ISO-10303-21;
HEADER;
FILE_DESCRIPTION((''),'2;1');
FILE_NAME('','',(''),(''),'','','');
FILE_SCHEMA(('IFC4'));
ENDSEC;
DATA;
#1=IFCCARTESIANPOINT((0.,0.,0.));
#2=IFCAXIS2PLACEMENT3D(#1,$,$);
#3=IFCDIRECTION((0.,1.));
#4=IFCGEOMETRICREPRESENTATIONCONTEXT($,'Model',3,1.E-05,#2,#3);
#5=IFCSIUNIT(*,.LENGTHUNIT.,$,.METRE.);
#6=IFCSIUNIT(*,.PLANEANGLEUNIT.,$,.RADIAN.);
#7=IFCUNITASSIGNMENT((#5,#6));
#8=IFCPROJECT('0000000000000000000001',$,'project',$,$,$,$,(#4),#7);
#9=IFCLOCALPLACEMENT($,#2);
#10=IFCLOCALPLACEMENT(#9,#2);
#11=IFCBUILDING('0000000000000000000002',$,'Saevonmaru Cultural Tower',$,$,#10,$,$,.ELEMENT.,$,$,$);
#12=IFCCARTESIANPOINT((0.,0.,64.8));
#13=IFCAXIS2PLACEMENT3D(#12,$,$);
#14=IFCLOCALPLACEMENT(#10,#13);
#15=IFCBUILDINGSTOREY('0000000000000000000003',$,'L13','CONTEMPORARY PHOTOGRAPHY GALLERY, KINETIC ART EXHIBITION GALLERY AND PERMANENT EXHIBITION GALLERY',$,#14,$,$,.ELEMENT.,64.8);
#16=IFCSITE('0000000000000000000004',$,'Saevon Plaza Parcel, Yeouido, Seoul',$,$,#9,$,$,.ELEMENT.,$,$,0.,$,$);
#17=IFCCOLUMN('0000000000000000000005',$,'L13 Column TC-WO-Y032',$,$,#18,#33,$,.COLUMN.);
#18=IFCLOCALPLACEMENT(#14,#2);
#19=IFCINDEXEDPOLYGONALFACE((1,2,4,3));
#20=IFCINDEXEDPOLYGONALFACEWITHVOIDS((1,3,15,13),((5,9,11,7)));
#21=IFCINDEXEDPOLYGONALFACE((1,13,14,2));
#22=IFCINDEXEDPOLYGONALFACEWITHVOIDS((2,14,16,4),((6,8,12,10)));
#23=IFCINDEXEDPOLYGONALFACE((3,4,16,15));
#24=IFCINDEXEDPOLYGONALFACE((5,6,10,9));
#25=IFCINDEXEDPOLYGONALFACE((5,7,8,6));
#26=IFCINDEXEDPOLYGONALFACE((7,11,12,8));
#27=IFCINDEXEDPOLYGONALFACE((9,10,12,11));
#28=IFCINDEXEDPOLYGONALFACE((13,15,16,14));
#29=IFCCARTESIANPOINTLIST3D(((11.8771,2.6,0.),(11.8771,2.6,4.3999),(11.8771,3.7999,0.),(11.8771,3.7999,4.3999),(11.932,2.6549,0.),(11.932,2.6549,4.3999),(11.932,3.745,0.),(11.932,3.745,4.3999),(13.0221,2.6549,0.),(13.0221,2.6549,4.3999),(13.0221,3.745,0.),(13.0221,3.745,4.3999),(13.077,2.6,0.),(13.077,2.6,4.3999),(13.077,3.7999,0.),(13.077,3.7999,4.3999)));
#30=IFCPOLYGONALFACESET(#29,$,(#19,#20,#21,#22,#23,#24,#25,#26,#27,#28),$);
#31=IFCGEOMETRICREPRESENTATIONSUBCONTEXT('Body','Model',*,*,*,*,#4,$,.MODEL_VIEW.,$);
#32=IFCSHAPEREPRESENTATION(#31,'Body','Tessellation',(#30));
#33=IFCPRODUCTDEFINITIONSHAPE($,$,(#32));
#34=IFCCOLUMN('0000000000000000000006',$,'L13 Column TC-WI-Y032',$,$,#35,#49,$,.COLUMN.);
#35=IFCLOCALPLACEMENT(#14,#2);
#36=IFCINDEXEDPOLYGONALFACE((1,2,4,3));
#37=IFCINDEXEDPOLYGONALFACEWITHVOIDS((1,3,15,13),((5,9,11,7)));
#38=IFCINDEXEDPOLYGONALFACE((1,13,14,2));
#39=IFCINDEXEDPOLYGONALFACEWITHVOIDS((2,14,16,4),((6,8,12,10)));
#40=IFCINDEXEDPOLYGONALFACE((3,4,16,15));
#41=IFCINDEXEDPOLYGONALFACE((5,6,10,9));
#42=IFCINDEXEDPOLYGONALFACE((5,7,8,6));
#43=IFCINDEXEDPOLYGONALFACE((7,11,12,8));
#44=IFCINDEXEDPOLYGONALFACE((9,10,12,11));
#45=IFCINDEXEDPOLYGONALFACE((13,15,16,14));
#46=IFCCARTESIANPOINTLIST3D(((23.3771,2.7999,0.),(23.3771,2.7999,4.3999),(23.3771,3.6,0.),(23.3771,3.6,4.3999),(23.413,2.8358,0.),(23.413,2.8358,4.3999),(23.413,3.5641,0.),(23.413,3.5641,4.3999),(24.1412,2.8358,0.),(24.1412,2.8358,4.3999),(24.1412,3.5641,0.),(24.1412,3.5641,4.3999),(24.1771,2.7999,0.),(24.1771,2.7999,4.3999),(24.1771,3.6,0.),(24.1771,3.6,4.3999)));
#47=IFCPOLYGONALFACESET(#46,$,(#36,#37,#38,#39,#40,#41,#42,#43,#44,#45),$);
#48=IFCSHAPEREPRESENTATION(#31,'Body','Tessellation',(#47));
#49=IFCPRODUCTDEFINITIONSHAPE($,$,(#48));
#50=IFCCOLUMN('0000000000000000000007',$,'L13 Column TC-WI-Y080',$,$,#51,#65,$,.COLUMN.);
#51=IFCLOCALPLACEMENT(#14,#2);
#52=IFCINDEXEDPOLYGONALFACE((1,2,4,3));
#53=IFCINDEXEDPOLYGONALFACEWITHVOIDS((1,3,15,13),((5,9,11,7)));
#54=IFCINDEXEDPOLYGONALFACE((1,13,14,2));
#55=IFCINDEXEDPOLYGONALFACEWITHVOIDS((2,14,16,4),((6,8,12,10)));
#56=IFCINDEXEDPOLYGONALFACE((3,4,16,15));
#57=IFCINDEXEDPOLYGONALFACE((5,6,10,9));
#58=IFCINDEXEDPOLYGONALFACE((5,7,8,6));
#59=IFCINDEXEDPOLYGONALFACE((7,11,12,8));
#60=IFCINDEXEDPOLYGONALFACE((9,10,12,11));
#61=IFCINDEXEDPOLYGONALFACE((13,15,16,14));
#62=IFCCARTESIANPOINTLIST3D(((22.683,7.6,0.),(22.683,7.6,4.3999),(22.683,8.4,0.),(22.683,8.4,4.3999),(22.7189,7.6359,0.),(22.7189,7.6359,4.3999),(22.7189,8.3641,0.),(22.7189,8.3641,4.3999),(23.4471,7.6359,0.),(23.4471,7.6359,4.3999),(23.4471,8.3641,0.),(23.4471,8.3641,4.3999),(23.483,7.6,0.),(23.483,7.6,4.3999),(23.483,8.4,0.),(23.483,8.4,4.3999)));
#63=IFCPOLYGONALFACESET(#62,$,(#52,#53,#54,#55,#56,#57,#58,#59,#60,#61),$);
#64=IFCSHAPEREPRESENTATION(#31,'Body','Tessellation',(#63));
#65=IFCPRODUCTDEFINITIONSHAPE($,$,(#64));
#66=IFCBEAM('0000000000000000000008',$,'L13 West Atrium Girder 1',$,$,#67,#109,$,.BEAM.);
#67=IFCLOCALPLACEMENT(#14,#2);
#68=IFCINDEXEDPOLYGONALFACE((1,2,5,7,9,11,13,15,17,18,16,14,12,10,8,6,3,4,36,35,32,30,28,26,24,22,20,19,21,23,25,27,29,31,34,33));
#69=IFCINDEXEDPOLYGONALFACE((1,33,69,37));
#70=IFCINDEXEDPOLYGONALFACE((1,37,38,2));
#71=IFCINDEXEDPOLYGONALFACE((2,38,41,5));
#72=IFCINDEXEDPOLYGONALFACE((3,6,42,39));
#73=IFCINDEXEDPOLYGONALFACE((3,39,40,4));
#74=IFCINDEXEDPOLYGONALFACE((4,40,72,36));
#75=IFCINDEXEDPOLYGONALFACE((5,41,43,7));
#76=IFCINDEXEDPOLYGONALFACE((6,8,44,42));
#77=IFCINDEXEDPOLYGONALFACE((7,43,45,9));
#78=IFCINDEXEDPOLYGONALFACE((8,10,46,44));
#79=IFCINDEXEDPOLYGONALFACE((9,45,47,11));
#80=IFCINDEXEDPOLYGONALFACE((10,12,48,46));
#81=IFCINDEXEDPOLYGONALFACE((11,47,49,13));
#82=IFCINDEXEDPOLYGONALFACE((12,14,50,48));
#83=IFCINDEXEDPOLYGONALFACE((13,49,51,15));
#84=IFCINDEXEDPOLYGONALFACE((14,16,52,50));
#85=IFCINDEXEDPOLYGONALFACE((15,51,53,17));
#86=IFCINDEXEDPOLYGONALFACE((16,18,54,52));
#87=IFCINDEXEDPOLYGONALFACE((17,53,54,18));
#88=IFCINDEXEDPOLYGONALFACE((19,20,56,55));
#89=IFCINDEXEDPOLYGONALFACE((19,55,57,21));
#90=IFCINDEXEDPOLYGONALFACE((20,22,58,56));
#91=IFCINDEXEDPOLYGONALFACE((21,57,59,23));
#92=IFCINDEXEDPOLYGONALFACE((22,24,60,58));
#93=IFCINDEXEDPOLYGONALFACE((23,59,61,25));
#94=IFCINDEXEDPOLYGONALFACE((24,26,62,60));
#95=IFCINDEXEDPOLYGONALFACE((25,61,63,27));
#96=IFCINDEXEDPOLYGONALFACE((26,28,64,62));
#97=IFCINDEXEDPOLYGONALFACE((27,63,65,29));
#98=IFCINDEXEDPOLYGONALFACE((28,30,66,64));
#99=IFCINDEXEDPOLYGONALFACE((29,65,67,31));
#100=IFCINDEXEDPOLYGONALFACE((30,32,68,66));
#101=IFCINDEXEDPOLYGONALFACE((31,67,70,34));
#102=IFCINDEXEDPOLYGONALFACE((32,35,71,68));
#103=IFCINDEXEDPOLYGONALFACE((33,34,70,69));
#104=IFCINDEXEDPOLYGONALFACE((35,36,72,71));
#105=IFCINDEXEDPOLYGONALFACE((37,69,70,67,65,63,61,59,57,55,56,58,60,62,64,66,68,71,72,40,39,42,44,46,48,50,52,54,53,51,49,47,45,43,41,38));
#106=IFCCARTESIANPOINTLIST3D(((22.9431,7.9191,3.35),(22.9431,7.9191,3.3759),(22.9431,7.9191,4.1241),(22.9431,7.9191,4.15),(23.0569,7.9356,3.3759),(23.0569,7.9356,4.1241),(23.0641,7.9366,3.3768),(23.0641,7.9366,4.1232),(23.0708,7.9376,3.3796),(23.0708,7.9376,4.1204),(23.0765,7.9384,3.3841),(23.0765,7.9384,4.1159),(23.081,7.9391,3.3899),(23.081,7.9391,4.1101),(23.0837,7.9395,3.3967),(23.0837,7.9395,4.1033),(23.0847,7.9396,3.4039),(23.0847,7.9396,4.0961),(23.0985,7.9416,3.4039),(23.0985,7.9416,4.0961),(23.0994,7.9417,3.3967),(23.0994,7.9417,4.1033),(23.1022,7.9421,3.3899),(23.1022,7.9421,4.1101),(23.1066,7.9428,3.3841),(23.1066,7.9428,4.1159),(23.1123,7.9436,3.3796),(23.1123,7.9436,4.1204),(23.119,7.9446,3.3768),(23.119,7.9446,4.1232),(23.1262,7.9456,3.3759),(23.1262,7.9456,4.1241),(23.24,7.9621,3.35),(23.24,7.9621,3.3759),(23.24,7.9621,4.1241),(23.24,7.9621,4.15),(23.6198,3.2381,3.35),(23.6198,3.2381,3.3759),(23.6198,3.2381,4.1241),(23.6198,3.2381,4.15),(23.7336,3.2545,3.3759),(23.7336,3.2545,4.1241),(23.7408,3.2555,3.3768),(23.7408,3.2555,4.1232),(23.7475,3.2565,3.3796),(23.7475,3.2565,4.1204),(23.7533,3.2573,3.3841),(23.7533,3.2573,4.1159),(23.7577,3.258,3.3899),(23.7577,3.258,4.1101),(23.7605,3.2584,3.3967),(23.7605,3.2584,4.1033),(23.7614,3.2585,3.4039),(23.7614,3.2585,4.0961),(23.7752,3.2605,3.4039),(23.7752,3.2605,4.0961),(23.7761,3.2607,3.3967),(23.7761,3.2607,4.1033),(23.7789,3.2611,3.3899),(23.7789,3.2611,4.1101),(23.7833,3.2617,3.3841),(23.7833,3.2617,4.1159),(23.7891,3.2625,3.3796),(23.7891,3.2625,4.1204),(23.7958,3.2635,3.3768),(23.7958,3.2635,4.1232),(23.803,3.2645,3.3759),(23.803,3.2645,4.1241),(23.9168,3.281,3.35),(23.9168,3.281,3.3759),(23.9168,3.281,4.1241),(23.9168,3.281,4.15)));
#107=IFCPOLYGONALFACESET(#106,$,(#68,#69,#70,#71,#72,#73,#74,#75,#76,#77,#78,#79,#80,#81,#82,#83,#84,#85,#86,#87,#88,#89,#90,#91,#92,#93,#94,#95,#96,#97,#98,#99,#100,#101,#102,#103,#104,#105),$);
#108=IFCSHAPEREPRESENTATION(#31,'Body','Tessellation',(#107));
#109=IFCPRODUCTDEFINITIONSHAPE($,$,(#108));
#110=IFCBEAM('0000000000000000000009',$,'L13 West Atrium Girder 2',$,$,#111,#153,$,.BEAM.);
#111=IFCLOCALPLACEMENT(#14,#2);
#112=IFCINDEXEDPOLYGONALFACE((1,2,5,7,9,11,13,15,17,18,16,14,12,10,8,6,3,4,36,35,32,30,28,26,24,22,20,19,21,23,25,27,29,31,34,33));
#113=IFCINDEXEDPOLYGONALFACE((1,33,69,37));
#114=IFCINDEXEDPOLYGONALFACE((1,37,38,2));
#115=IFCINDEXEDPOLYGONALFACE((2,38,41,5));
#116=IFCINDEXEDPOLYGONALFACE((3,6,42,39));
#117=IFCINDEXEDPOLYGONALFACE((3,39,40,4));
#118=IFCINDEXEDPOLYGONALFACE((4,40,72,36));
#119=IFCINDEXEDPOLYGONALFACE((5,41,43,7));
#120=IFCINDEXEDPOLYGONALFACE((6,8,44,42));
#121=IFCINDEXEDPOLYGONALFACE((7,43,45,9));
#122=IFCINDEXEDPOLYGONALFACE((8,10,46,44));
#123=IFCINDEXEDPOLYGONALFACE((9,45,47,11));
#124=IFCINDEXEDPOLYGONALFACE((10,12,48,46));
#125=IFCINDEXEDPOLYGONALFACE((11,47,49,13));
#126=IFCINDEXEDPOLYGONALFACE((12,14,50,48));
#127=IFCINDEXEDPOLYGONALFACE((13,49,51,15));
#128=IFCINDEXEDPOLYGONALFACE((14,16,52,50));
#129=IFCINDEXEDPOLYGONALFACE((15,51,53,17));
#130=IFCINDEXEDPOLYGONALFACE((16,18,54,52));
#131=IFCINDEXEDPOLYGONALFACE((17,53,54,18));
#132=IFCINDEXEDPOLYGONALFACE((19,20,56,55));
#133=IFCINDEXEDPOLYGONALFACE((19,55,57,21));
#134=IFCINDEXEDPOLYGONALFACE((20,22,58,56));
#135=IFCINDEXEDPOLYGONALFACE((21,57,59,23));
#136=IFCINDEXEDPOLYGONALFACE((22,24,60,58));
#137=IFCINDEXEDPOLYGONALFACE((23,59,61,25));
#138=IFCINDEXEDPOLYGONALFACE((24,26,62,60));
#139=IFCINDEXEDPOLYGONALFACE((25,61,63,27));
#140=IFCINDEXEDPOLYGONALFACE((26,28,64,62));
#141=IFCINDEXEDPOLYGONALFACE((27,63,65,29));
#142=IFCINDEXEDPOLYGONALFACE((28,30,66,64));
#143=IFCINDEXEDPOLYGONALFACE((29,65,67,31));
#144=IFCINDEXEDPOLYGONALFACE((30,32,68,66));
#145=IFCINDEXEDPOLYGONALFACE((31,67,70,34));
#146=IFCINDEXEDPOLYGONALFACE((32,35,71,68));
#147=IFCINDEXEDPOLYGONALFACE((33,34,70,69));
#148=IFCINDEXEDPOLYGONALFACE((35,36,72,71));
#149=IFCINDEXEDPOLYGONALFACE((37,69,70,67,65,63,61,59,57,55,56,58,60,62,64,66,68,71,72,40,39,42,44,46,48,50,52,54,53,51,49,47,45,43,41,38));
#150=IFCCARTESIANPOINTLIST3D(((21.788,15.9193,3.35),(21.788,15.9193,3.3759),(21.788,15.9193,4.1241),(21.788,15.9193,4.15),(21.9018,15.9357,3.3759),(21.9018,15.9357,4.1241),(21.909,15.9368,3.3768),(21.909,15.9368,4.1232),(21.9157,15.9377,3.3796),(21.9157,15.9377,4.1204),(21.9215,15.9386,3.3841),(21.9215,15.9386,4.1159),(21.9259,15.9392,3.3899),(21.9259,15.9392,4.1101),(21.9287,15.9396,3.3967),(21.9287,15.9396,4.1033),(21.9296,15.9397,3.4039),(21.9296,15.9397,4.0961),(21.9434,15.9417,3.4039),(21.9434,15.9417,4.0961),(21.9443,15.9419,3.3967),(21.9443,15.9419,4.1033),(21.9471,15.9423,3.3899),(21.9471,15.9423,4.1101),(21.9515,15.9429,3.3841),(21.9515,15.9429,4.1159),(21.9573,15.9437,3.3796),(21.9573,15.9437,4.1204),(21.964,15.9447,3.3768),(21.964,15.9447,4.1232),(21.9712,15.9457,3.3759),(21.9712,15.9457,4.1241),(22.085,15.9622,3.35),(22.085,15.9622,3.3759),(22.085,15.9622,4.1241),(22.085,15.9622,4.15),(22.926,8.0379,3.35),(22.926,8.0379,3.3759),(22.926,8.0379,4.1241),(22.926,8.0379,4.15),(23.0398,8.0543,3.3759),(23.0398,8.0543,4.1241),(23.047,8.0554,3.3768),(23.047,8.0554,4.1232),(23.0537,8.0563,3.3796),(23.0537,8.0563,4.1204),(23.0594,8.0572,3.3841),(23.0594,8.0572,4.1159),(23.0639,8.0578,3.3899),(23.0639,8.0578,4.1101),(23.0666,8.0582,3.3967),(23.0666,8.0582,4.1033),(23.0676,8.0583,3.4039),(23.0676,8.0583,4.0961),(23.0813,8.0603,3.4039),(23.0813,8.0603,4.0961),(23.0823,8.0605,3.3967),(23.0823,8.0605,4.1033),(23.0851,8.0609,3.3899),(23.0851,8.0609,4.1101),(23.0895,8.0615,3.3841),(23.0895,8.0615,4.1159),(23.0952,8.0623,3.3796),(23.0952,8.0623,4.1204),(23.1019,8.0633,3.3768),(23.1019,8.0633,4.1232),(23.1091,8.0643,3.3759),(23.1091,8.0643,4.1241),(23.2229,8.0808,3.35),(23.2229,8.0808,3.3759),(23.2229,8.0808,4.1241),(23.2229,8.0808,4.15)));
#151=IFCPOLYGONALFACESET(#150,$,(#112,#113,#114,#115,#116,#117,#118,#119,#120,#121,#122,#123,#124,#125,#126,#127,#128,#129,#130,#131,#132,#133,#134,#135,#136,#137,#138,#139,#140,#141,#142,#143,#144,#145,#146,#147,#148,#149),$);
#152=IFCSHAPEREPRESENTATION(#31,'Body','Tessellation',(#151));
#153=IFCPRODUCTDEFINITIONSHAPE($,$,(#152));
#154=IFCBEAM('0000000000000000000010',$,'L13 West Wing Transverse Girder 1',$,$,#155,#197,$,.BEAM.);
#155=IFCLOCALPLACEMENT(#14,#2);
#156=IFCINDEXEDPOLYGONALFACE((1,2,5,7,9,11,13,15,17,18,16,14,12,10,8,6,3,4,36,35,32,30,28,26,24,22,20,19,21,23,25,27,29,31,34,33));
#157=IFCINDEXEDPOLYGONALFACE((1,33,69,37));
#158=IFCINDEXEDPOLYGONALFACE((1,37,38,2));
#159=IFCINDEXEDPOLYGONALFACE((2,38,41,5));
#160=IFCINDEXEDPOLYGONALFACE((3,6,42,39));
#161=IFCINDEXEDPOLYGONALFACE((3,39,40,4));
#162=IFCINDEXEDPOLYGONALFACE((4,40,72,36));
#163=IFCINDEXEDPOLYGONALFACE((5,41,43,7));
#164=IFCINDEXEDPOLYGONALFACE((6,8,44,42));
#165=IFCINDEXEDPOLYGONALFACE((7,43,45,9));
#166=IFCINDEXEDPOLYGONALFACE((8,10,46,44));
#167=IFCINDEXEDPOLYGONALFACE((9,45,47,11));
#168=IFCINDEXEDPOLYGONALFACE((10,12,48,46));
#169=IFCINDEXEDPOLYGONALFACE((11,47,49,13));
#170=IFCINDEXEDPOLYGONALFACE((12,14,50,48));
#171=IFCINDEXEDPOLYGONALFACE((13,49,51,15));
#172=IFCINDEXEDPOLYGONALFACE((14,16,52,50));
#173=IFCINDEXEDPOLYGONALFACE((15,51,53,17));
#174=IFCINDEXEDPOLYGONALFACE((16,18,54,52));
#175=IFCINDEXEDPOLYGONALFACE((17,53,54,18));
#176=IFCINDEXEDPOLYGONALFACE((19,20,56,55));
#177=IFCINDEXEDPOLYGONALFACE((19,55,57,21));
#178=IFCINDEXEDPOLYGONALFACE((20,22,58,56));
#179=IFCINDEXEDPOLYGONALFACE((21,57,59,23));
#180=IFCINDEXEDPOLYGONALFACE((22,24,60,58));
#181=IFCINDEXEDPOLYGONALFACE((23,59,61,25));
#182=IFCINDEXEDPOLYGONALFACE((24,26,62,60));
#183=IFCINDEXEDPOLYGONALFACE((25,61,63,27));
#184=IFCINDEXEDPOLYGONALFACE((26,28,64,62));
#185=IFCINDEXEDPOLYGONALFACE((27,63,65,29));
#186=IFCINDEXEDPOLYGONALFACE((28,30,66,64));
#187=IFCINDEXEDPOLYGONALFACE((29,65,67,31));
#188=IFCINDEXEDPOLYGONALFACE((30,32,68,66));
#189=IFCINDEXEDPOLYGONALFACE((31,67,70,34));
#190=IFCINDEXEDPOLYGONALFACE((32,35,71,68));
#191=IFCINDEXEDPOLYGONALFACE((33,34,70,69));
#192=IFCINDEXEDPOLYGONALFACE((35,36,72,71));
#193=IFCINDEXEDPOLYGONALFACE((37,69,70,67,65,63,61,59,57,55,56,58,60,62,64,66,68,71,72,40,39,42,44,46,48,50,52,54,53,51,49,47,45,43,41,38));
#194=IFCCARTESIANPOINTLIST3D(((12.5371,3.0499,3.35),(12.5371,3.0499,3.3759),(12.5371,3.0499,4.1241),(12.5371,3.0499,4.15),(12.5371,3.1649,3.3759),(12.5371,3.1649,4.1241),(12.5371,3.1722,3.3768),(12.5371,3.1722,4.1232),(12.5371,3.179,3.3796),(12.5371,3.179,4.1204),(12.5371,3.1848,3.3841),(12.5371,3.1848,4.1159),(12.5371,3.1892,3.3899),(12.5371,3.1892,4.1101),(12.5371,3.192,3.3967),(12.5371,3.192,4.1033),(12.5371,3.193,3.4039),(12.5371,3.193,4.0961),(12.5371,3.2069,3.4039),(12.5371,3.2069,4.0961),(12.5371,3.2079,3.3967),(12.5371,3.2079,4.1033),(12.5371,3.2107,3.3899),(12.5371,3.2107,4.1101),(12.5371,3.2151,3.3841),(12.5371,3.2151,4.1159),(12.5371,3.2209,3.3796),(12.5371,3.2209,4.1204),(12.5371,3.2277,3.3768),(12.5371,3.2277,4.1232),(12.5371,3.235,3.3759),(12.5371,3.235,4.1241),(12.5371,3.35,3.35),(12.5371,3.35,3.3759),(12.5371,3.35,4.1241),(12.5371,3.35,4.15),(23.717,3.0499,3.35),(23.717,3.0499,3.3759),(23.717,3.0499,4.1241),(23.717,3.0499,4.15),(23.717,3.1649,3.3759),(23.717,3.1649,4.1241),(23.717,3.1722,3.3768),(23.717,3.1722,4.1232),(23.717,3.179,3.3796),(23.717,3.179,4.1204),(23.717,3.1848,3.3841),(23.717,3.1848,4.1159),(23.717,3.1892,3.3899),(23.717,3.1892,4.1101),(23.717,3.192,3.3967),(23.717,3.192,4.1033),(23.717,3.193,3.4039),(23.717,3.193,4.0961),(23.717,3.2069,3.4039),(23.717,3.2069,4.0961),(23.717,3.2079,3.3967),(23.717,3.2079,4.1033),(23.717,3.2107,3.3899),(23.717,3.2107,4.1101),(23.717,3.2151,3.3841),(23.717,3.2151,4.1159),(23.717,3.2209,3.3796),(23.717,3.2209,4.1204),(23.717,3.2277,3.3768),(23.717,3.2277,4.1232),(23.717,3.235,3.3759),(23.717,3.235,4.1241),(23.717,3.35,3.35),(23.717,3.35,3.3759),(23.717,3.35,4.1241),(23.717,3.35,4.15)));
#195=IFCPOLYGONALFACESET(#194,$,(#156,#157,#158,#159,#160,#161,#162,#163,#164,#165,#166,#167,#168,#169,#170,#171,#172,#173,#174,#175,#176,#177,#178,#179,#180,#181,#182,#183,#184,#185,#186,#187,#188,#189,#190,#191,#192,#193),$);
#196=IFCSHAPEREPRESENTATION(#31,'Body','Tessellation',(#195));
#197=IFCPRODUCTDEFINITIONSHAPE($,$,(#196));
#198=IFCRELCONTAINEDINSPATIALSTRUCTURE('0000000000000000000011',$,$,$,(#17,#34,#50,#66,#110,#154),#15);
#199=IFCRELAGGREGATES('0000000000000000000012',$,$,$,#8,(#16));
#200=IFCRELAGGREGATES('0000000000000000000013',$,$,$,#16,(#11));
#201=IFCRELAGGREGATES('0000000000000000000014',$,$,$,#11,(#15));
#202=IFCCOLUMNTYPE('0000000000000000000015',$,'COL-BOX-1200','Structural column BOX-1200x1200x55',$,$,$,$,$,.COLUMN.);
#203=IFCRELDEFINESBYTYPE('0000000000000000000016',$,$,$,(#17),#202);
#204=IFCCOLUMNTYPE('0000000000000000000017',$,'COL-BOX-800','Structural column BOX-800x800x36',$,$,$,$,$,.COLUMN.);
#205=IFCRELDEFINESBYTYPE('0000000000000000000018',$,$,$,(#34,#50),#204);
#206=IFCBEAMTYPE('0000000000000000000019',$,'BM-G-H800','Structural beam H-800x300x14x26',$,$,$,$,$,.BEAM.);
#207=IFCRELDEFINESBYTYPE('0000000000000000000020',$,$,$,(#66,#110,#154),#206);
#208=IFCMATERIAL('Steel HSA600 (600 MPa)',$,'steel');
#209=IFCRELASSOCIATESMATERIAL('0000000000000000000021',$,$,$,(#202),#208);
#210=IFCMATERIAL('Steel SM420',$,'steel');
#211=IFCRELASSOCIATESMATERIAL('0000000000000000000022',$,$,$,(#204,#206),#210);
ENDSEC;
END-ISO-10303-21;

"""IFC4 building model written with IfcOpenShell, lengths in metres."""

from ifc_helpers import new_model, si_unit, direction, frame, origin, origin_2d, place, context, subcontext, project, spatial, hollow_rectangle, i_section, extrude, material, material_profile, profile_set, type_object, element, save


model = new_model("IFC4")

# Units and contexts
model_context = context("Model", 3, precision=1e-05, world=origin(), true_north=direction((0.0, 1.0)))
body_context = subcontext(model_context, "Body", "Model", "MODEL_VIEW")
ifc_project = project(units=[si_unit("LENGTHUNIT", "METRE"), si_unit("PLANEANGLEUNIT", "RADIAN")], contexts=[model_context])

# Site, building, storey
site_placement = place(None, origin())
site = spatial("IfcSite", under=ifc_project, at=site_placement, Name="Saevon Plaza Parcel, Yeouido, Seoul", CompositionType="ELEMENT", RefElevation=0.0)
building_placement = place(site_placement, origin())
building = spatial("IfcBuilding", under=site, at=building_placement, Name="Saevonmaru Cultural Tower", CompositionType="ELEMENT")
storey_placement = place(building_placement, frame((0.0, 0.0, 64.8)))
storey = spatial("IfcBuildingStorey", under=building, at=storey_placement, Name="L13", Description="CONTEMPORARY PHOTOGRAPHY GALLERY, KINETIC ART EXHIBITION GALLERY AND PERMANENT EXHIBITION GALLERY", CompositionType="ELEMENT", Elevation=64.8)

# Columns
ifc_material_1 = material(Name="Steel HSA600 (600 MPa)", Category="steel")
ifc_material_profile_1 = material_profile(ifc_material_1, hollow_rectangle(XDim=1.2, YDim=1.2, WallThickness=0.0549, at=origin_2d()), Name="BOX-1200x1200x55")
ifc_profile_set_1 = profile_set([ifc_material_profile_1], Name="Steel HSA600 (600 MPa)")
column_type_1 = type_object("IfcColumnType", Name="COL-BOX-1200", Description="Structural column BOX-1200x1200x55", PredefinedType="COLUMN", material=ifc_profile_set_1)
column_placement = place(storey_placement, frame((12.4771, 3.2, 0.0), z_axis=(0.0, 0.0, 1.0), x_axis=(1.0, 0.0, 0.0)))
element("IfcColumn", 1, at=column_placement, inside=storey, type_object=column_type_1, Name="L13 Column TC-WO-Y032", PredefinedType="COLUMN", context=body_context, shape_type="SweptSolid", body=[
    extrude(hollow_rectangle(XDim=1.2, YDim=1.2, WallThickness=0.0549, at=origin_2d()), origin(), (0.0, 0.0, 1.0), 4.3999),
])
ifc_material_2 = material(Name="Steel SM420", Category="steel")
ifc_material_profile_2 = material_profile(ifc_material_2, hollow_rectangle(XDim=0.8, YDim=0.8, WallThickness=0.0359, at=origin_2d()), Name="BOX-800x800x36")
ifc_profile_set_2 = profile_set([ifc_material_profile_2], Name="Steel SM420")
column_type_2 = type_object("IfcColumnType", Name="COL-BOX-800", Description="Structural column BOX-800x800x36", PredefinedType="COLUMN", material=ifc_profile_set_2)
for number, where, z_axis, x_axis, name in (
    (2, (23.7771, 3.2, 0.0), (0.0, 0.0, 1.0), (1.0, 0.0, 0.0), "L13 Column TC-WI-Y032"),
    (3, (23.083, 8.0, 0.0), (0.0, 0.0, 1.0), (1.0, 0.0, 0.0), "L13 Column TC-WI-Y080"),
):
    element("IfcColumn", number, at=place(storey_placement, frame(where, z_axis=z_axis, x_axis=x_axis)), inside=storey, type_object=column_type_2, Name=name, PredefinedType="COLUMN", context=body_context, shape_type="SweptSolid", body=[
        extrude(hollow_rectangle(XDim=0.8, YDim=0.8, WallThickness=0.0359, at=origin_2d()), origin(), (0.0, 0.0, 1.0), 4.3999),
    ])

# Beams
ifc_material_profile_3 = material_profile(ifc_material_2, i_section(OverallWidth=0.3, OverallDepth=0.8, WebThickness=0.0139, FlangeThickness=0.0259, FilletRadius=0.0281, at=origin_2d()), Name="H-800x300x14x26")
ifc_profile_set_3 = profile_set([ifc_material_profile_3], Name="Steel SM420")
beam_type_1 = type_object("IfcBeamType", Name="BM-G-H800", Description="Structural beam H-800x300x14x26", PredefinedType="BEAM", material=ifc_profile_set_3)
beam_1_placement = place(storey_placement, frame((23.7683, 3.2595, 3.75), z_axis=(-0.143083, 0.989711, 0.0), x_axis=(-0.989711, -0.143083, 0.0)))
element("IfcBeam", 4, at=beam_1_placement, inside=storey, type_object=beam_type_1, Name="L13 West Atrium Girder 1", PredefinedType="BEAM", context=body_context, shape_type="SweptSolid", body=[
    extrude(i_section(OverallWidth=0.3, OverallDepth=0.8, WebThickness=0.0139, FlangeThickness=0.0259, FilletRadius=0.0281, at=origin_2d()), origin(), (0.0, 0.0, 1.0), 4.7297),
])
beam_2_placement = place(storey_placement, frame((23.0745, 8.0593, 3.75), z_axis=(-0.142902, 0.989737, 0.0), x_axis=(-0.989737, -0.142902, 0.0)))
element("IfcBeam", 5, at=beam_2_placement, inside=storey, type_object=beam_type_1, Name="L13 West Atrium Girder 2", PredefinedType="BEAM", context=body_context, shape_type="SweptSolid", body=[
    extrude(i_section(OverallWidth=0.3, OverallDepth=0.8, WebThickness=0.0139, FlangeThickness=0.0259, FilletRadius=0.0281, at=origin_2d()), origin(), (0.0, 0.0, 1.0), 7.9631),
])
beam_3_placement = place(storey_placement, frame((12.5371, 3.2, 3.75), z_axis=(1.0, 0.0, 0.0), x_axis=(0.0, 1.0, 0.0)))
element("IfcBeam", 6, at=beam_3_placement, inside=storey, type_object=beam_type_1, Name="L13 West Wing Transverse Girder 1", PredefinedType="BEAM", context=body_context, shape_type="SweptSolid", body=[
    extrude(i_section(OverallWidth=0.3, OverallDepth=0.8, WebThickness=0.0139, FlangeThickness=0.0259, FilletRadius=0.0281, at=origin_2d()), origin(), (0.0, 0.0, 1.0), 11.1799),
])

save(model, "model.ifc")
